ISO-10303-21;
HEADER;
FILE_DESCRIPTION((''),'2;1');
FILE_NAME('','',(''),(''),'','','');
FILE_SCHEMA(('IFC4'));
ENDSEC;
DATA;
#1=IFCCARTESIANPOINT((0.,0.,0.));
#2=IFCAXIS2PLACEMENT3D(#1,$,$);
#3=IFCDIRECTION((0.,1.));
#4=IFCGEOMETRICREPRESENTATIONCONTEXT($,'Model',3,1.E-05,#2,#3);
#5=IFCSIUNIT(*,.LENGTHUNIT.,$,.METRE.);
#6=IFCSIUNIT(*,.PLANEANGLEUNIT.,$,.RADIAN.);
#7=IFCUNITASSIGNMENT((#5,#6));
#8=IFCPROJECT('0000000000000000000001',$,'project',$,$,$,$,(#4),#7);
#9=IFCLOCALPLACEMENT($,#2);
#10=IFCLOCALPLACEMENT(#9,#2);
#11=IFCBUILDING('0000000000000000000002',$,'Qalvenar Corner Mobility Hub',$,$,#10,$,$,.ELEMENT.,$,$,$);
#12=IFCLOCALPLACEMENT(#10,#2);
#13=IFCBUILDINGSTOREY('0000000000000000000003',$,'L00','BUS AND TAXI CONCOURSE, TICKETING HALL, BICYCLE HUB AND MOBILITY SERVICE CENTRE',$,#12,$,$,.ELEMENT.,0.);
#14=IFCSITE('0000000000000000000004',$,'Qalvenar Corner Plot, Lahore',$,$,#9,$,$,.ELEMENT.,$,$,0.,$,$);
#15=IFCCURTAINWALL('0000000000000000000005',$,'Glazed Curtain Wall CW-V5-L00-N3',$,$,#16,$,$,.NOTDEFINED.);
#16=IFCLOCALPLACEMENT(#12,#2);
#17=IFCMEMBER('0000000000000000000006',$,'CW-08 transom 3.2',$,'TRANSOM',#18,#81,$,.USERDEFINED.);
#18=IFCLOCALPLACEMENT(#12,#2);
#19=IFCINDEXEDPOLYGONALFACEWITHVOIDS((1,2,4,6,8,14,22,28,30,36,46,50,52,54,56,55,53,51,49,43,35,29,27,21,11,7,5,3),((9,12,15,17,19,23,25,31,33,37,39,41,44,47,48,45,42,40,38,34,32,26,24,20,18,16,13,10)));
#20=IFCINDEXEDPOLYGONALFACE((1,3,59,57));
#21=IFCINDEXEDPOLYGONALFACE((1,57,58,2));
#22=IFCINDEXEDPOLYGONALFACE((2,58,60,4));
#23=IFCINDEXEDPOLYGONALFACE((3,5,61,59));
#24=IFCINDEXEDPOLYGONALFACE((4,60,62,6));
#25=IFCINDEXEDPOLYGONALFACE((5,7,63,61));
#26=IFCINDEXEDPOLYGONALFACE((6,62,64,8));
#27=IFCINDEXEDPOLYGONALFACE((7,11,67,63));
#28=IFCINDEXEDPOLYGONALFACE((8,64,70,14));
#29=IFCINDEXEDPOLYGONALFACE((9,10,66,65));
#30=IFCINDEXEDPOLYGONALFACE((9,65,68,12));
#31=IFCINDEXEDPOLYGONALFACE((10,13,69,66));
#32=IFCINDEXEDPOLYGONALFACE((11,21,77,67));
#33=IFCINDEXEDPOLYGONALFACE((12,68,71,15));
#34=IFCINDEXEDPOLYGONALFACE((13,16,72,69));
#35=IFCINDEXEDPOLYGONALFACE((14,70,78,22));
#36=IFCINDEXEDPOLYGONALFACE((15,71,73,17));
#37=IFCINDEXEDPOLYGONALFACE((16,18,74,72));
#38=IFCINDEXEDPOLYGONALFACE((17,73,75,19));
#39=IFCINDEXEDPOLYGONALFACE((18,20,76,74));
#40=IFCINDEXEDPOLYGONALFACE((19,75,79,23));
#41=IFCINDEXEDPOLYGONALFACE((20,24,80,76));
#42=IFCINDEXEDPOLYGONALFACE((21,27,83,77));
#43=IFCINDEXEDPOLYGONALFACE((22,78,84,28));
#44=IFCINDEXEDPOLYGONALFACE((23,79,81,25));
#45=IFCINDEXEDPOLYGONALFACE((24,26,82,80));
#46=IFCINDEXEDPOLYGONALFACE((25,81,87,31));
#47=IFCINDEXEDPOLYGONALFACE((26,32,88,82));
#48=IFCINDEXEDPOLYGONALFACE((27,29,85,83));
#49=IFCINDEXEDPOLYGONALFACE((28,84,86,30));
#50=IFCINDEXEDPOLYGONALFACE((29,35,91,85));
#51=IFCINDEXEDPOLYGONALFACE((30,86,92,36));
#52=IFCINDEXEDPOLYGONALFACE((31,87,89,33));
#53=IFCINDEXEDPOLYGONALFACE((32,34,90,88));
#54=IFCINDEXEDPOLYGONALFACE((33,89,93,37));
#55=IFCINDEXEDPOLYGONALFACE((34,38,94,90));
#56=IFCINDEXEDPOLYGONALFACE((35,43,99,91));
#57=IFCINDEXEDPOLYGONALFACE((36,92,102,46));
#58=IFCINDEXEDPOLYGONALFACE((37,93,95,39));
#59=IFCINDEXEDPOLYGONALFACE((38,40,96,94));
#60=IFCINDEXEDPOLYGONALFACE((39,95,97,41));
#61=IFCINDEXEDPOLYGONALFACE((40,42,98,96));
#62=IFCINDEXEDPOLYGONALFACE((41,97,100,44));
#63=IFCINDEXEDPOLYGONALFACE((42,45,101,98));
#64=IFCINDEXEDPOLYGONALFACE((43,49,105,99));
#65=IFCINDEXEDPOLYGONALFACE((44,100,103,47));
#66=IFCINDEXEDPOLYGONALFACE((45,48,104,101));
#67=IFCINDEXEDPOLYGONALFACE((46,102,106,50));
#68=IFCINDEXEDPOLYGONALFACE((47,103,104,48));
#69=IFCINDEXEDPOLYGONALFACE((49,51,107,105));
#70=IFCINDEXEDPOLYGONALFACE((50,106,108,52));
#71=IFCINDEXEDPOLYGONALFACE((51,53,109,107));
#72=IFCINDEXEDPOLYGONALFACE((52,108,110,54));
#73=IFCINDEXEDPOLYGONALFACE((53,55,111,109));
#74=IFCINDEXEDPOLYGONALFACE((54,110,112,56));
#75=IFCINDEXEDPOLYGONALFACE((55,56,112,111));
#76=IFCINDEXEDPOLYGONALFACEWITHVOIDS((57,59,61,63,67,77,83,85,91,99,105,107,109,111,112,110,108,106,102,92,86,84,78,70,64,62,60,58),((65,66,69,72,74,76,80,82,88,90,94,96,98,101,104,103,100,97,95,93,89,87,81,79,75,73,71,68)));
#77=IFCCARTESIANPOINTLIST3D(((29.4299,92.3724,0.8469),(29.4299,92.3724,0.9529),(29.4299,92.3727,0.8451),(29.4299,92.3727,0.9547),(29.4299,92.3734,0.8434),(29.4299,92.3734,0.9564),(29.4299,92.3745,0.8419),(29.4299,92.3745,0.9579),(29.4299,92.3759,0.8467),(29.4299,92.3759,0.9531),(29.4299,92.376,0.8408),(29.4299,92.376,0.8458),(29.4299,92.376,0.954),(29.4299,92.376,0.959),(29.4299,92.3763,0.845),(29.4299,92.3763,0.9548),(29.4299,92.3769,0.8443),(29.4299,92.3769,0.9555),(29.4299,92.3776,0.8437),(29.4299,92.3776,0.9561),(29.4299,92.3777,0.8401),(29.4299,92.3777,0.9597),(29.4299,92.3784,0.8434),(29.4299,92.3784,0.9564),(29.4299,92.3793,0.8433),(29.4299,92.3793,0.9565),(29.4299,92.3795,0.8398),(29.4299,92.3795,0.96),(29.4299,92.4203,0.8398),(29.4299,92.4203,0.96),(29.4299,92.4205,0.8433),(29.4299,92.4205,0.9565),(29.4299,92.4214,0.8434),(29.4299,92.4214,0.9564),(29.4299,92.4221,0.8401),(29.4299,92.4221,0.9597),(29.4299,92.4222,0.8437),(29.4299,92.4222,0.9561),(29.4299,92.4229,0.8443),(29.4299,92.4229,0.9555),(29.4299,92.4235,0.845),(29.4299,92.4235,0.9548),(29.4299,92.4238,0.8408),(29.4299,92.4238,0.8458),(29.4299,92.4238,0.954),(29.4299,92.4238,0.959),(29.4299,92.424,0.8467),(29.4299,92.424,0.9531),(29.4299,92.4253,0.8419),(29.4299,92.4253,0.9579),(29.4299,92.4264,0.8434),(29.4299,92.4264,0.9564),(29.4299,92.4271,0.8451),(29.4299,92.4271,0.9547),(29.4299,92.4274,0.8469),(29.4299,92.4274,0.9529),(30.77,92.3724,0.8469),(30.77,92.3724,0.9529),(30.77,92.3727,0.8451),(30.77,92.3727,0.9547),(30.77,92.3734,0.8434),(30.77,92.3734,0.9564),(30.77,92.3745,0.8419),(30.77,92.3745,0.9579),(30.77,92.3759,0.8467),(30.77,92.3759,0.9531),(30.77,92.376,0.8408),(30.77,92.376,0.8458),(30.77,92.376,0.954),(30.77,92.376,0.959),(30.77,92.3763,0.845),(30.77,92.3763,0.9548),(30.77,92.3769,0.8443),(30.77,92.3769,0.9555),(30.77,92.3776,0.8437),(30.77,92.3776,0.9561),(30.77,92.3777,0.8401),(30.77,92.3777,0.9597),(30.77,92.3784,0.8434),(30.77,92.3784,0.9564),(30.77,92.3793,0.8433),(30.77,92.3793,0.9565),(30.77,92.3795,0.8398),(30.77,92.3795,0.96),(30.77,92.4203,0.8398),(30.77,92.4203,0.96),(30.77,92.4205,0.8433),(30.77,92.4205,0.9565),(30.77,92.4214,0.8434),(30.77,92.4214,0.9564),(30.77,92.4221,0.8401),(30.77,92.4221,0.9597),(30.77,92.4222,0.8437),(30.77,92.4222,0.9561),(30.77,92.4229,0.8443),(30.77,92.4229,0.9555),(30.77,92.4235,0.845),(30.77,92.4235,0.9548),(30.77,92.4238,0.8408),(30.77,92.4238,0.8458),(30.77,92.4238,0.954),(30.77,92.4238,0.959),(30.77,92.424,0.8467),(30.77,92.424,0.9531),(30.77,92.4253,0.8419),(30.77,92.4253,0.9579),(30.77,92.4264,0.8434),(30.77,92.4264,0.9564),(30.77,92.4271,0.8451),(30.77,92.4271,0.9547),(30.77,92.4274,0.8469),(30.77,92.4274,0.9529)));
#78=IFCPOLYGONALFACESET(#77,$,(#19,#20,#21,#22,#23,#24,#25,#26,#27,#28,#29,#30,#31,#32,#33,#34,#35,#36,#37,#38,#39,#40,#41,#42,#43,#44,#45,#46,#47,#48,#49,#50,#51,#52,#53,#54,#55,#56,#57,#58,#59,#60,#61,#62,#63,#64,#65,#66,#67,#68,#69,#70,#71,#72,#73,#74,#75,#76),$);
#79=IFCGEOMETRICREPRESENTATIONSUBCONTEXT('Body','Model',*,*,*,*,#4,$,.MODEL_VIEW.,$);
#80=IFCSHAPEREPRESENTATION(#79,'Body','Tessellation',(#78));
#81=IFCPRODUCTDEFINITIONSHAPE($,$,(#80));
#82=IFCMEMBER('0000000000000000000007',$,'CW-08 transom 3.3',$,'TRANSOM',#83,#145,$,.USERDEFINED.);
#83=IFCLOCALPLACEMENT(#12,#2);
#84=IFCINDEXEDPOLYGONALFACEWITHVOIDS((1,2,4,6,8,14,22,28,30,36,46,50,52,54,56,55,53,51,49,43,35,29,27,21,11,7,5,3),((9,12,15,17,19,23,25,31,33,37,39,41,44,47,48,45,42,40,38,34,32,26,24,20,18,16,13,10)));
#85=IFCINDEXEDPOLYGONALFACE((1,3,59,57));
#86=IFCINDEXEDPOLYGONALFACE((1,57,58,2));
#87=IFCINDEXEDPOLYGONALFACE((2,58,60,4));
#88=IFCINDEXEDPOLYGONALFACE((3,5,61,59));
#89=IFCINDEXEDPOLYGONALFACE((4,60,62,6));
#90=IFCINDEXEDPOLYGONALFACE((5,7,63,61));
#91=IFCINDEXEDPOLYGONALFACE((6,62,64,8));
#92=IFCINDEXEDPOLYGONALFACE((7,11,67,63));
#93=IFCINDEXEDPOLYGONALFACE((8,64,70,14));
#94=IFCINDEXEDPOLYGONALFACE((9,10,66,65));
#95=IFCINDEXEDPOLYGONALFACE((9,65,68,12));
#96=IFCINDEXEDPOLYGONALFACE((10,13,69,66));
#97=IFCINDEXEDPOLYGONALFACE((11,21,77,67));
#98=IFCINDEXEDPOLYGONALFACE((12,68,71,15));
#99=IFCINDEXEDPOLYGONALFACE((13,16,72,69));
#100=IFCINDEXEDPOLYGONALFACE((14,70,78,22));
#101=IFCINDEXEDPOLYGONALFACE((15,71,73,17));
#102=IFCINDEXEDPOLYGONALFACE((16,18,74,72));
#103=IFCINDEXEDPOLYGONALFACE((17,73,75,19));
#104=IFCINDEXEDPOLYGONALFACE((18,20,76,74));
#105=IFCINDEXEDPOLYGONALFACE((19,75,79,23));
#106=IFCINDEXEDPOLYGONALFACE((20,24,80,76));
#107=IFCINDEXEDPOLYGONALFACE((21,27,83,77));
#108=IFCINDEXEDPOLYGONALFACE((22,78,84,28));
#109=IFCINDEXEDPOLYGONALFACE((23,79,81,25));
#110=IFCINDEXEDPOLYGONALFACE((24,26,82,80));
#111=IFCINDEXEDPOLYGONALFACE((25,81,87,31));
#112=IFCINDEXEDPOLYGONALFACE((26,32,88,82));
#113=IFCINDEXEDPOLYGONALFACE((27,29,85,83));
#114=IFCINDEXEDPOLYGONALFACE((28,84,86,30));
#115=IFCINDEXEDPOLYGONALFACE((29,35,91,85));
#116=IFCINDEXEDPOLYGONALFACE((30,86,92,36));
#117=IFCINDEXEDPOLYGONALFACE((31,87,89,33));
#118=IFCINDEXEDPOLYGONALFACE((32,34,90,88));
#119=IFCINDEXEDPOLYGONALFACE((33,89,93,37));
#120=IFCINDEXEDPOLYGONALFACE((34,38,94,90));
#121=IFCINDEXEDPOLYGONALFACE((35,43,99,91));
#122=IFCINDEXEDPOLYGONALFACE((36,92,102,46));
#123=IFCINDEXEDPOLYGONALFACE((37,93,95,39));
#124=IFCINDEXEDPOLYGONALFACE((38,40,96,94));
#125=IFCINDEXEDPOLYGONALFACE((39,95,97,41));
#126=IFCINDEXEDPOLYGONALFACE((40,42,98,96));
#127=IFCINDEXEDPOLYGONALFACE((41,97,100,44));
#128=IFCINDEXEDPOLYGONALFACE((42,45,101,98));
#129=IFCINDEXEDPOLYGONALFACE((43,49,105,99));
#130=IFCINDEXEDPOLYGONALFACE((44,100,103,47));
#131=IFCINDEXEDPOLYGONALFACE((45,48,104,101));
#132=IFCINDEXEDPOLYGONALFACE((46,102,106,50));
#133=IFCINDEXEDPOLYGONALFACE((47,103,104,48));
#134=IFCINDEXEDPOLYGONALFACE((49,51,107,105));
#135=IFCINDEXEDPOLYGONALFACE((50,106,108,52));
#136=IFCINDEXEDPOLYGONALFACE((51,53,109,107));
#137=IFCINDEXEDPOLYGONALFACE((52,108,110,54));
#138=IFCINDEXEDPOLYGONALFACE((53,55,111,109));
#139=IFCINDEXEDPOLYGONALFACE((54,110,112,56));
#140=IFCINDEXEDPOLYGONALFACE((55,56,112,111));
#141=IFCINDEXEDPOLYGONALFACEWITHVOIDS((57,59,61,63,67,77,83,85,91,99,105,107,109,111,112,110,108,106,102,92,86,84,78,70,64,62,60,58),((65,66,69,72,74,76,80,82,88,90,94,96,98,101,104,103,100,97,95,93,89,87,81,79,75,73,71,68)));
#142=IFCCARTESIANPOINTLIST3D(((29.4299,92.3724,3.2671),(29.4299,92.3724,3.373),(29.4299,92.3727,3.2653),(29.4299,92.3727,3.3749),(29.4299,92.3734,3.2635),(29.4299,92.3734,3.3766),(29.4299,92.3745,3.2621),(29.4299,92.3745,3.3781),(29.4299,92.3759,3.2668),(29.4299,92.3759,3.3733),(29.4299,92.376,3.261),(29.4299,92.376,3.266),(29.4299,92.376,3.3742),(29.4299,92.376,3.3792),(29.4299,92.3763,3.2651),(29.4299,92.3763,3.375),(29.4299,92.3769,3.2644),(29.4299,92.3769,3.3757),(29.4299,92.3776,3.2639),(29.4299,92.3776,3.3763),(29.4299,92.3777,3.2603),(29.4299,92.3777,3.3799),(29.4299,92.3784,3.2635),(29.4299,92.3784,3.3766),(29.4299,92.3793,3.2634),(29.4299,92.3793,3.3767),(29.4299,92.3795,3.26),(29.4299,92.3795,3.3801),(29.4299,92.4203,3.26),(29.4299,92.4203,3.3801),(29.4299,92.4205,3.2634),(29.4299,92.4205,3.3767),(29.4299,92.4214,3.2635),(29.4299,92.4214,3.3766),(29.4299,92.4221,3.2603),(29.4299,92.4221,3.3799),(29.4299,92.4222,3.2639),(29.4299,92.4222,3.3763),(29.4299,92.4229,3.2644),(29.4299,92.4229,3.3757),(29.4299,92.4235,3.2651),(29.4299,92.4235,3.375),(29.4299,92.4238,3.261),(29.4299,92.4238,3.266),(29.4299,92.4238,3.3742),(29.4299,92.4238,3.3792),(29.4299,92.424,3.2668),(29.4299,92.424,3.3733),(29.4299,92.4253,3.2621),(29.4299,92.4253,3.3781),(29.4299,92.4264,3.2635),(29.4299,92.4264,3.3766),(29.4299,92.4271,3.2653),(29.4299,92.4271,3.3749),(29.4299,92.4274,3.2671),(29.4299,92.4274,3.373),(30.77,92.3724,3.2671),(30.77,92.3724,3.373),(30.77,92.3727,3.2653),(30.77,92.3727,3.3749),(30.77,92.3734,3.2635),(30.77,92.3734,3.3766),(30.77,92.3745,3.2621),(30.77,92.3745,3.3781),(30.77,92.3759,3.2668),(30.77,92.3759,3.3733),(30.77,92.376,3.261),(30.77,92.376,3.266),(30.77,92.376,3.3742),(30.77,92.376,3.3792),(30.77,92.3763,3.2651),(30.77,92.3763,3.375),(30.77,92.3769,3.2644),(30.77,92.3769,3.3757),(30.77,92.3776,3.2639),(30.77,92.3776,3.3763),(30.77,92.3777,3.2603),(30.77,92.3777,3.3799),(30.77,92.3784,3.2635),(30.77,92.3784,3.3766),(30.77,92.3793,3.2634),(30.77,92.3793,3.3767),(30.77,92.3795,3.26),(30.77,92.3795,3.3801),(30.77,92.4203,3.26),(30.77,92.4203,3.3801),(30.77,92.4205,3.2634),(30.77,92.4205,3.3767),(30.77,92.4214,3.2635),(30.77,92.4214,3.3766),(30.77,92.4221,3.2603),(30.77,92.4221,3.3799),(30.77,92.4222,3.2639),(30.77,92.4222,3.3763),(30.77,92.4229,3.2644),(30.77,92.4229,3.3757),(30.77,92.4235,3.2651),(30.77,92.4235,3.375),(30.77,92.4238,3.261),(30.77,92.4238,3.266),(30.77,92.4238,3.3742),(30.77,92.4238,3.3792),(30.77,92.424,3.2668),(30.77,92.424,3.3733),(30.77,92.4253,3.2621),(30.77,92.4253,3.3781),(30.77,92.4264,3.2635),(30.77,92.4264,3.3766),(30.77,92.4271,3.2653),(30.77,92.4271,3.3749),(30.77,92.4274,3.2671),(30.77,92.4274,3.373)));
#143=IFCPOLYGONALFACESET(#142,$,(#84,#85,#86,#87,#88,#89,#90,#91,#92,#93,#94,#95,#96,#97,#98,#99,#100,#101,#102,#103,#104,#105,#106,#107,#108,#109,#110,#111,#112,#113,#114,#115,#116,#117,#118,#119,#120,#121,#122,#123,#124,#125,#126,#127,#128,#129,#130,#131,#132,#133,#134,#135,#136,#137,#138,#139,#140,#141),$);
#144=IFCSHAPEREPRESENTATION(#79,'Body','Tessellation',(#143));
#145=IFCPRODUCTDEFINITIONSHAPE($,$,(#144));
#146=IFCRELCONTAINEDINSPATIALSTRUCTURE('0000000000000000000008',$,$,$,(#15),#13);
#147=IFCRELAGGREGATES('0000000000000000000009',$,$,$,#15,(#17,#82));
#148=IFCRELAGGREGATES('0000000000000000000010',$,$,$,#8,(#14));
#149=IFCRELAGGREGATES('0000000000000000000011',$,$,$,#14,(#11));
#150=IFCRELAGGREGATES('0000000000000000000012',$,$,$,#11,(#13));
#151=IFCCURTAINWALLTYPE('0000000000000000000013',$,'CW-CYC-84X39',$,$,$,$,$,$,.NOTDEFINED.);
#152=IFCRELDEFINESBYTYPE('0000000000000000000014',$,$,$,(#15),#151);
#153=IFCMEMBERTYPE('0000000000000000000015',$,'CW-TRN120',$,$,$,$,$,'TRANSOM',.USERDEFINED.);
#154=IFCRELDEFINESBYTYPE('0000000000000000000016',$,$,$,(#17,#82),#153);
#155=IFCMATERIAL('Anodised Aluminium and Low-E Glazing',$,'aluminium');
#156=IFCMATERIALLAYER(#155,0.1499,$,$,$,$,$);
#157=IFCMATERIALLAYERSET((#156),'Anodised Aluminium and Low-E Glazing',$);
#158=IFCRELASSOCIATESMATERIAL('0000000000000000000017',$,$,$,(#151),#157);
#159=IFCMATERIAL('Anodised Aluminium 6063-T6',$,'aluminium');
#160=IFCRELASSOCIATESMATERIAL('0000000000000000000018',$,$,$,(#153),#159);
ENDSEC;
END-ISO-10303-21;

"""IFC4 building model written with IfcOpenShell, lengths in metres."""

from ifc_helpers import new_model, si_unit, direction, frame, origin, origin_2d, place, context, subcontext, project, spatial, hollow_rectangle, extrude, material, layer, layer_set, material_profile, profile_set, type_object, element, aggregate, save


model = new_model("IFC4")

# Units and contexts
model_context = context("Model", 3, precision=1e-05, world=origin(), true_north=direction((0.0, 1.0)))
body_context = subcontext(model_context, "Body", "Model", "MODEL_VIEW")
ifc_project = project(units=[si_unit("LENGTHUNIT", "METRE"), si_unit("PLANEANGLEUNIT", "RADIAN")], contexts=[model_context])

# Site, building, storey
site_placement = place(None, origin())
site = spatial("IfcSite", under=ifc_project, at=site_placement, Name="Qalvenar Corner Plot, Lahore", CompositionType="ELEMENT", RefElevation=0.0)
building_placement = place(site_placement, origin())
building = spatial("IfcBuilding", under=site, at=building_placement, Name="Qalvenar Corner Mobility Hub", CompositionType="ELEMENT")
storey_placement = place(building_placement, origin())
storey = spatial("IfcBuildingStorey", under=building, at=storey_placement, Name="L00", Description="BUS AND TAXI CONCOURSE, TICKETING HALL, BICYCLE HUB AND MOBILITY SERVICE CENTRE", CompositionType="ELEMENT", Elevation=0.0)

# Curtain wall, members
ifc_material_1 = material(Name="Anodised Aluminium and Low-E Glazing", Category="aluminium")
ifc_layer_1 = layer(ifc_material_1, 0.1499)
ifc_layer_set_1 = layer_set([ifc_layer_1], Name="Anodised Aluminium and Low-E Glazing")
curtain_wall_type = type_object("IfcCurtainWallType", Name="CW-CYC-84X39", PredefinedType="NOTDEFINED", material=ifc_layer_set_1)
curtain_wall_placement = place(storey_placement, origin())
curtain_wall = element("IfcCurtainWall", 1, at=curtain_wall_placement, inside=storey, type_object=curtain_wall_type, Name="Glazed Curtain Wall CW-V5-L00-N3", PredefinedType="NOTDEFINED")
ifc_material_2 = material(Name="Anodised Aluminium 6063-T6", Category="aluminium")
ifc_material_profile_1 = material_profile(ifc_material_2, hollow_rectangle(XDim=0.0549, YDim=0.1201, WallThickness=0.0034, InnerFilletRadius=0.0034, OuterFilletRadius=0.0071, at=origin_2d()), Name="RHS120x55x3.5")
ifc_profile_set_1 = profile_set([ifc_material_profile_1], Name="Anodised Aluminium 6063-T6")
member_type_1 = type_object("IfcMemberType", Name="CW-TRN120", ElementType="TRANSOM", PredefinedType="USERDEFINED", material=ifc_profile_set_1)
member_1_placement = place(storey_placement, frame((30.77, 92.3999, 0.8999), z_axis=(-1.0, 0.0, 0.0), x_axis=(0.0, -1.0, 0.0)))
member_1 = element("IfcMember", 2, at=member_1_placement, type_object=member_type_1, Name="CW-08 transom 3.2", ObjectType="TRANSOM", PredefinedType="USERDEFINED", context=body_context, shape_type="SweptSolid", body=[
    extrude(hollow_rectangle(XDim=0.0549, YDim=0.1201, WallThickness=0.0034, InnerFilletRadius=0.0034, OuterFilletRadius=0.0071, at=origin_2d()), origin(), (0.0, 0.0, 1.0), 1.3401),
])
member_2_placement = place(storey_placement, frame((30.77, 92.3999, 3.3201), z_axis=(-1.0, 0.0, 0.0), x_axis=(0.0, -1.0, 0.0)))
member_2 = element("IfcMember", 3, at=member_2_placement, type_object=member_type_1, Name="CW-08 transom 3.3", ObjectType="TRANSOM", PredefinedType="USERDEFINED", context=body_context, shape_type="SweptSolid", body=[
    extrude(hollow_rectangle(XDim=0.0549, YDim=0.1201, WallThickness=0.0034, InnerFilletRadius=0.0034, OuterFilletRadius=0.0071, at=origin_2d()), origin(), (0.0, 0.0, 1.0), 1.3401),
])
aggregate(curtain_wall, [member_1, member_2])

save(model, "model.ifc")
